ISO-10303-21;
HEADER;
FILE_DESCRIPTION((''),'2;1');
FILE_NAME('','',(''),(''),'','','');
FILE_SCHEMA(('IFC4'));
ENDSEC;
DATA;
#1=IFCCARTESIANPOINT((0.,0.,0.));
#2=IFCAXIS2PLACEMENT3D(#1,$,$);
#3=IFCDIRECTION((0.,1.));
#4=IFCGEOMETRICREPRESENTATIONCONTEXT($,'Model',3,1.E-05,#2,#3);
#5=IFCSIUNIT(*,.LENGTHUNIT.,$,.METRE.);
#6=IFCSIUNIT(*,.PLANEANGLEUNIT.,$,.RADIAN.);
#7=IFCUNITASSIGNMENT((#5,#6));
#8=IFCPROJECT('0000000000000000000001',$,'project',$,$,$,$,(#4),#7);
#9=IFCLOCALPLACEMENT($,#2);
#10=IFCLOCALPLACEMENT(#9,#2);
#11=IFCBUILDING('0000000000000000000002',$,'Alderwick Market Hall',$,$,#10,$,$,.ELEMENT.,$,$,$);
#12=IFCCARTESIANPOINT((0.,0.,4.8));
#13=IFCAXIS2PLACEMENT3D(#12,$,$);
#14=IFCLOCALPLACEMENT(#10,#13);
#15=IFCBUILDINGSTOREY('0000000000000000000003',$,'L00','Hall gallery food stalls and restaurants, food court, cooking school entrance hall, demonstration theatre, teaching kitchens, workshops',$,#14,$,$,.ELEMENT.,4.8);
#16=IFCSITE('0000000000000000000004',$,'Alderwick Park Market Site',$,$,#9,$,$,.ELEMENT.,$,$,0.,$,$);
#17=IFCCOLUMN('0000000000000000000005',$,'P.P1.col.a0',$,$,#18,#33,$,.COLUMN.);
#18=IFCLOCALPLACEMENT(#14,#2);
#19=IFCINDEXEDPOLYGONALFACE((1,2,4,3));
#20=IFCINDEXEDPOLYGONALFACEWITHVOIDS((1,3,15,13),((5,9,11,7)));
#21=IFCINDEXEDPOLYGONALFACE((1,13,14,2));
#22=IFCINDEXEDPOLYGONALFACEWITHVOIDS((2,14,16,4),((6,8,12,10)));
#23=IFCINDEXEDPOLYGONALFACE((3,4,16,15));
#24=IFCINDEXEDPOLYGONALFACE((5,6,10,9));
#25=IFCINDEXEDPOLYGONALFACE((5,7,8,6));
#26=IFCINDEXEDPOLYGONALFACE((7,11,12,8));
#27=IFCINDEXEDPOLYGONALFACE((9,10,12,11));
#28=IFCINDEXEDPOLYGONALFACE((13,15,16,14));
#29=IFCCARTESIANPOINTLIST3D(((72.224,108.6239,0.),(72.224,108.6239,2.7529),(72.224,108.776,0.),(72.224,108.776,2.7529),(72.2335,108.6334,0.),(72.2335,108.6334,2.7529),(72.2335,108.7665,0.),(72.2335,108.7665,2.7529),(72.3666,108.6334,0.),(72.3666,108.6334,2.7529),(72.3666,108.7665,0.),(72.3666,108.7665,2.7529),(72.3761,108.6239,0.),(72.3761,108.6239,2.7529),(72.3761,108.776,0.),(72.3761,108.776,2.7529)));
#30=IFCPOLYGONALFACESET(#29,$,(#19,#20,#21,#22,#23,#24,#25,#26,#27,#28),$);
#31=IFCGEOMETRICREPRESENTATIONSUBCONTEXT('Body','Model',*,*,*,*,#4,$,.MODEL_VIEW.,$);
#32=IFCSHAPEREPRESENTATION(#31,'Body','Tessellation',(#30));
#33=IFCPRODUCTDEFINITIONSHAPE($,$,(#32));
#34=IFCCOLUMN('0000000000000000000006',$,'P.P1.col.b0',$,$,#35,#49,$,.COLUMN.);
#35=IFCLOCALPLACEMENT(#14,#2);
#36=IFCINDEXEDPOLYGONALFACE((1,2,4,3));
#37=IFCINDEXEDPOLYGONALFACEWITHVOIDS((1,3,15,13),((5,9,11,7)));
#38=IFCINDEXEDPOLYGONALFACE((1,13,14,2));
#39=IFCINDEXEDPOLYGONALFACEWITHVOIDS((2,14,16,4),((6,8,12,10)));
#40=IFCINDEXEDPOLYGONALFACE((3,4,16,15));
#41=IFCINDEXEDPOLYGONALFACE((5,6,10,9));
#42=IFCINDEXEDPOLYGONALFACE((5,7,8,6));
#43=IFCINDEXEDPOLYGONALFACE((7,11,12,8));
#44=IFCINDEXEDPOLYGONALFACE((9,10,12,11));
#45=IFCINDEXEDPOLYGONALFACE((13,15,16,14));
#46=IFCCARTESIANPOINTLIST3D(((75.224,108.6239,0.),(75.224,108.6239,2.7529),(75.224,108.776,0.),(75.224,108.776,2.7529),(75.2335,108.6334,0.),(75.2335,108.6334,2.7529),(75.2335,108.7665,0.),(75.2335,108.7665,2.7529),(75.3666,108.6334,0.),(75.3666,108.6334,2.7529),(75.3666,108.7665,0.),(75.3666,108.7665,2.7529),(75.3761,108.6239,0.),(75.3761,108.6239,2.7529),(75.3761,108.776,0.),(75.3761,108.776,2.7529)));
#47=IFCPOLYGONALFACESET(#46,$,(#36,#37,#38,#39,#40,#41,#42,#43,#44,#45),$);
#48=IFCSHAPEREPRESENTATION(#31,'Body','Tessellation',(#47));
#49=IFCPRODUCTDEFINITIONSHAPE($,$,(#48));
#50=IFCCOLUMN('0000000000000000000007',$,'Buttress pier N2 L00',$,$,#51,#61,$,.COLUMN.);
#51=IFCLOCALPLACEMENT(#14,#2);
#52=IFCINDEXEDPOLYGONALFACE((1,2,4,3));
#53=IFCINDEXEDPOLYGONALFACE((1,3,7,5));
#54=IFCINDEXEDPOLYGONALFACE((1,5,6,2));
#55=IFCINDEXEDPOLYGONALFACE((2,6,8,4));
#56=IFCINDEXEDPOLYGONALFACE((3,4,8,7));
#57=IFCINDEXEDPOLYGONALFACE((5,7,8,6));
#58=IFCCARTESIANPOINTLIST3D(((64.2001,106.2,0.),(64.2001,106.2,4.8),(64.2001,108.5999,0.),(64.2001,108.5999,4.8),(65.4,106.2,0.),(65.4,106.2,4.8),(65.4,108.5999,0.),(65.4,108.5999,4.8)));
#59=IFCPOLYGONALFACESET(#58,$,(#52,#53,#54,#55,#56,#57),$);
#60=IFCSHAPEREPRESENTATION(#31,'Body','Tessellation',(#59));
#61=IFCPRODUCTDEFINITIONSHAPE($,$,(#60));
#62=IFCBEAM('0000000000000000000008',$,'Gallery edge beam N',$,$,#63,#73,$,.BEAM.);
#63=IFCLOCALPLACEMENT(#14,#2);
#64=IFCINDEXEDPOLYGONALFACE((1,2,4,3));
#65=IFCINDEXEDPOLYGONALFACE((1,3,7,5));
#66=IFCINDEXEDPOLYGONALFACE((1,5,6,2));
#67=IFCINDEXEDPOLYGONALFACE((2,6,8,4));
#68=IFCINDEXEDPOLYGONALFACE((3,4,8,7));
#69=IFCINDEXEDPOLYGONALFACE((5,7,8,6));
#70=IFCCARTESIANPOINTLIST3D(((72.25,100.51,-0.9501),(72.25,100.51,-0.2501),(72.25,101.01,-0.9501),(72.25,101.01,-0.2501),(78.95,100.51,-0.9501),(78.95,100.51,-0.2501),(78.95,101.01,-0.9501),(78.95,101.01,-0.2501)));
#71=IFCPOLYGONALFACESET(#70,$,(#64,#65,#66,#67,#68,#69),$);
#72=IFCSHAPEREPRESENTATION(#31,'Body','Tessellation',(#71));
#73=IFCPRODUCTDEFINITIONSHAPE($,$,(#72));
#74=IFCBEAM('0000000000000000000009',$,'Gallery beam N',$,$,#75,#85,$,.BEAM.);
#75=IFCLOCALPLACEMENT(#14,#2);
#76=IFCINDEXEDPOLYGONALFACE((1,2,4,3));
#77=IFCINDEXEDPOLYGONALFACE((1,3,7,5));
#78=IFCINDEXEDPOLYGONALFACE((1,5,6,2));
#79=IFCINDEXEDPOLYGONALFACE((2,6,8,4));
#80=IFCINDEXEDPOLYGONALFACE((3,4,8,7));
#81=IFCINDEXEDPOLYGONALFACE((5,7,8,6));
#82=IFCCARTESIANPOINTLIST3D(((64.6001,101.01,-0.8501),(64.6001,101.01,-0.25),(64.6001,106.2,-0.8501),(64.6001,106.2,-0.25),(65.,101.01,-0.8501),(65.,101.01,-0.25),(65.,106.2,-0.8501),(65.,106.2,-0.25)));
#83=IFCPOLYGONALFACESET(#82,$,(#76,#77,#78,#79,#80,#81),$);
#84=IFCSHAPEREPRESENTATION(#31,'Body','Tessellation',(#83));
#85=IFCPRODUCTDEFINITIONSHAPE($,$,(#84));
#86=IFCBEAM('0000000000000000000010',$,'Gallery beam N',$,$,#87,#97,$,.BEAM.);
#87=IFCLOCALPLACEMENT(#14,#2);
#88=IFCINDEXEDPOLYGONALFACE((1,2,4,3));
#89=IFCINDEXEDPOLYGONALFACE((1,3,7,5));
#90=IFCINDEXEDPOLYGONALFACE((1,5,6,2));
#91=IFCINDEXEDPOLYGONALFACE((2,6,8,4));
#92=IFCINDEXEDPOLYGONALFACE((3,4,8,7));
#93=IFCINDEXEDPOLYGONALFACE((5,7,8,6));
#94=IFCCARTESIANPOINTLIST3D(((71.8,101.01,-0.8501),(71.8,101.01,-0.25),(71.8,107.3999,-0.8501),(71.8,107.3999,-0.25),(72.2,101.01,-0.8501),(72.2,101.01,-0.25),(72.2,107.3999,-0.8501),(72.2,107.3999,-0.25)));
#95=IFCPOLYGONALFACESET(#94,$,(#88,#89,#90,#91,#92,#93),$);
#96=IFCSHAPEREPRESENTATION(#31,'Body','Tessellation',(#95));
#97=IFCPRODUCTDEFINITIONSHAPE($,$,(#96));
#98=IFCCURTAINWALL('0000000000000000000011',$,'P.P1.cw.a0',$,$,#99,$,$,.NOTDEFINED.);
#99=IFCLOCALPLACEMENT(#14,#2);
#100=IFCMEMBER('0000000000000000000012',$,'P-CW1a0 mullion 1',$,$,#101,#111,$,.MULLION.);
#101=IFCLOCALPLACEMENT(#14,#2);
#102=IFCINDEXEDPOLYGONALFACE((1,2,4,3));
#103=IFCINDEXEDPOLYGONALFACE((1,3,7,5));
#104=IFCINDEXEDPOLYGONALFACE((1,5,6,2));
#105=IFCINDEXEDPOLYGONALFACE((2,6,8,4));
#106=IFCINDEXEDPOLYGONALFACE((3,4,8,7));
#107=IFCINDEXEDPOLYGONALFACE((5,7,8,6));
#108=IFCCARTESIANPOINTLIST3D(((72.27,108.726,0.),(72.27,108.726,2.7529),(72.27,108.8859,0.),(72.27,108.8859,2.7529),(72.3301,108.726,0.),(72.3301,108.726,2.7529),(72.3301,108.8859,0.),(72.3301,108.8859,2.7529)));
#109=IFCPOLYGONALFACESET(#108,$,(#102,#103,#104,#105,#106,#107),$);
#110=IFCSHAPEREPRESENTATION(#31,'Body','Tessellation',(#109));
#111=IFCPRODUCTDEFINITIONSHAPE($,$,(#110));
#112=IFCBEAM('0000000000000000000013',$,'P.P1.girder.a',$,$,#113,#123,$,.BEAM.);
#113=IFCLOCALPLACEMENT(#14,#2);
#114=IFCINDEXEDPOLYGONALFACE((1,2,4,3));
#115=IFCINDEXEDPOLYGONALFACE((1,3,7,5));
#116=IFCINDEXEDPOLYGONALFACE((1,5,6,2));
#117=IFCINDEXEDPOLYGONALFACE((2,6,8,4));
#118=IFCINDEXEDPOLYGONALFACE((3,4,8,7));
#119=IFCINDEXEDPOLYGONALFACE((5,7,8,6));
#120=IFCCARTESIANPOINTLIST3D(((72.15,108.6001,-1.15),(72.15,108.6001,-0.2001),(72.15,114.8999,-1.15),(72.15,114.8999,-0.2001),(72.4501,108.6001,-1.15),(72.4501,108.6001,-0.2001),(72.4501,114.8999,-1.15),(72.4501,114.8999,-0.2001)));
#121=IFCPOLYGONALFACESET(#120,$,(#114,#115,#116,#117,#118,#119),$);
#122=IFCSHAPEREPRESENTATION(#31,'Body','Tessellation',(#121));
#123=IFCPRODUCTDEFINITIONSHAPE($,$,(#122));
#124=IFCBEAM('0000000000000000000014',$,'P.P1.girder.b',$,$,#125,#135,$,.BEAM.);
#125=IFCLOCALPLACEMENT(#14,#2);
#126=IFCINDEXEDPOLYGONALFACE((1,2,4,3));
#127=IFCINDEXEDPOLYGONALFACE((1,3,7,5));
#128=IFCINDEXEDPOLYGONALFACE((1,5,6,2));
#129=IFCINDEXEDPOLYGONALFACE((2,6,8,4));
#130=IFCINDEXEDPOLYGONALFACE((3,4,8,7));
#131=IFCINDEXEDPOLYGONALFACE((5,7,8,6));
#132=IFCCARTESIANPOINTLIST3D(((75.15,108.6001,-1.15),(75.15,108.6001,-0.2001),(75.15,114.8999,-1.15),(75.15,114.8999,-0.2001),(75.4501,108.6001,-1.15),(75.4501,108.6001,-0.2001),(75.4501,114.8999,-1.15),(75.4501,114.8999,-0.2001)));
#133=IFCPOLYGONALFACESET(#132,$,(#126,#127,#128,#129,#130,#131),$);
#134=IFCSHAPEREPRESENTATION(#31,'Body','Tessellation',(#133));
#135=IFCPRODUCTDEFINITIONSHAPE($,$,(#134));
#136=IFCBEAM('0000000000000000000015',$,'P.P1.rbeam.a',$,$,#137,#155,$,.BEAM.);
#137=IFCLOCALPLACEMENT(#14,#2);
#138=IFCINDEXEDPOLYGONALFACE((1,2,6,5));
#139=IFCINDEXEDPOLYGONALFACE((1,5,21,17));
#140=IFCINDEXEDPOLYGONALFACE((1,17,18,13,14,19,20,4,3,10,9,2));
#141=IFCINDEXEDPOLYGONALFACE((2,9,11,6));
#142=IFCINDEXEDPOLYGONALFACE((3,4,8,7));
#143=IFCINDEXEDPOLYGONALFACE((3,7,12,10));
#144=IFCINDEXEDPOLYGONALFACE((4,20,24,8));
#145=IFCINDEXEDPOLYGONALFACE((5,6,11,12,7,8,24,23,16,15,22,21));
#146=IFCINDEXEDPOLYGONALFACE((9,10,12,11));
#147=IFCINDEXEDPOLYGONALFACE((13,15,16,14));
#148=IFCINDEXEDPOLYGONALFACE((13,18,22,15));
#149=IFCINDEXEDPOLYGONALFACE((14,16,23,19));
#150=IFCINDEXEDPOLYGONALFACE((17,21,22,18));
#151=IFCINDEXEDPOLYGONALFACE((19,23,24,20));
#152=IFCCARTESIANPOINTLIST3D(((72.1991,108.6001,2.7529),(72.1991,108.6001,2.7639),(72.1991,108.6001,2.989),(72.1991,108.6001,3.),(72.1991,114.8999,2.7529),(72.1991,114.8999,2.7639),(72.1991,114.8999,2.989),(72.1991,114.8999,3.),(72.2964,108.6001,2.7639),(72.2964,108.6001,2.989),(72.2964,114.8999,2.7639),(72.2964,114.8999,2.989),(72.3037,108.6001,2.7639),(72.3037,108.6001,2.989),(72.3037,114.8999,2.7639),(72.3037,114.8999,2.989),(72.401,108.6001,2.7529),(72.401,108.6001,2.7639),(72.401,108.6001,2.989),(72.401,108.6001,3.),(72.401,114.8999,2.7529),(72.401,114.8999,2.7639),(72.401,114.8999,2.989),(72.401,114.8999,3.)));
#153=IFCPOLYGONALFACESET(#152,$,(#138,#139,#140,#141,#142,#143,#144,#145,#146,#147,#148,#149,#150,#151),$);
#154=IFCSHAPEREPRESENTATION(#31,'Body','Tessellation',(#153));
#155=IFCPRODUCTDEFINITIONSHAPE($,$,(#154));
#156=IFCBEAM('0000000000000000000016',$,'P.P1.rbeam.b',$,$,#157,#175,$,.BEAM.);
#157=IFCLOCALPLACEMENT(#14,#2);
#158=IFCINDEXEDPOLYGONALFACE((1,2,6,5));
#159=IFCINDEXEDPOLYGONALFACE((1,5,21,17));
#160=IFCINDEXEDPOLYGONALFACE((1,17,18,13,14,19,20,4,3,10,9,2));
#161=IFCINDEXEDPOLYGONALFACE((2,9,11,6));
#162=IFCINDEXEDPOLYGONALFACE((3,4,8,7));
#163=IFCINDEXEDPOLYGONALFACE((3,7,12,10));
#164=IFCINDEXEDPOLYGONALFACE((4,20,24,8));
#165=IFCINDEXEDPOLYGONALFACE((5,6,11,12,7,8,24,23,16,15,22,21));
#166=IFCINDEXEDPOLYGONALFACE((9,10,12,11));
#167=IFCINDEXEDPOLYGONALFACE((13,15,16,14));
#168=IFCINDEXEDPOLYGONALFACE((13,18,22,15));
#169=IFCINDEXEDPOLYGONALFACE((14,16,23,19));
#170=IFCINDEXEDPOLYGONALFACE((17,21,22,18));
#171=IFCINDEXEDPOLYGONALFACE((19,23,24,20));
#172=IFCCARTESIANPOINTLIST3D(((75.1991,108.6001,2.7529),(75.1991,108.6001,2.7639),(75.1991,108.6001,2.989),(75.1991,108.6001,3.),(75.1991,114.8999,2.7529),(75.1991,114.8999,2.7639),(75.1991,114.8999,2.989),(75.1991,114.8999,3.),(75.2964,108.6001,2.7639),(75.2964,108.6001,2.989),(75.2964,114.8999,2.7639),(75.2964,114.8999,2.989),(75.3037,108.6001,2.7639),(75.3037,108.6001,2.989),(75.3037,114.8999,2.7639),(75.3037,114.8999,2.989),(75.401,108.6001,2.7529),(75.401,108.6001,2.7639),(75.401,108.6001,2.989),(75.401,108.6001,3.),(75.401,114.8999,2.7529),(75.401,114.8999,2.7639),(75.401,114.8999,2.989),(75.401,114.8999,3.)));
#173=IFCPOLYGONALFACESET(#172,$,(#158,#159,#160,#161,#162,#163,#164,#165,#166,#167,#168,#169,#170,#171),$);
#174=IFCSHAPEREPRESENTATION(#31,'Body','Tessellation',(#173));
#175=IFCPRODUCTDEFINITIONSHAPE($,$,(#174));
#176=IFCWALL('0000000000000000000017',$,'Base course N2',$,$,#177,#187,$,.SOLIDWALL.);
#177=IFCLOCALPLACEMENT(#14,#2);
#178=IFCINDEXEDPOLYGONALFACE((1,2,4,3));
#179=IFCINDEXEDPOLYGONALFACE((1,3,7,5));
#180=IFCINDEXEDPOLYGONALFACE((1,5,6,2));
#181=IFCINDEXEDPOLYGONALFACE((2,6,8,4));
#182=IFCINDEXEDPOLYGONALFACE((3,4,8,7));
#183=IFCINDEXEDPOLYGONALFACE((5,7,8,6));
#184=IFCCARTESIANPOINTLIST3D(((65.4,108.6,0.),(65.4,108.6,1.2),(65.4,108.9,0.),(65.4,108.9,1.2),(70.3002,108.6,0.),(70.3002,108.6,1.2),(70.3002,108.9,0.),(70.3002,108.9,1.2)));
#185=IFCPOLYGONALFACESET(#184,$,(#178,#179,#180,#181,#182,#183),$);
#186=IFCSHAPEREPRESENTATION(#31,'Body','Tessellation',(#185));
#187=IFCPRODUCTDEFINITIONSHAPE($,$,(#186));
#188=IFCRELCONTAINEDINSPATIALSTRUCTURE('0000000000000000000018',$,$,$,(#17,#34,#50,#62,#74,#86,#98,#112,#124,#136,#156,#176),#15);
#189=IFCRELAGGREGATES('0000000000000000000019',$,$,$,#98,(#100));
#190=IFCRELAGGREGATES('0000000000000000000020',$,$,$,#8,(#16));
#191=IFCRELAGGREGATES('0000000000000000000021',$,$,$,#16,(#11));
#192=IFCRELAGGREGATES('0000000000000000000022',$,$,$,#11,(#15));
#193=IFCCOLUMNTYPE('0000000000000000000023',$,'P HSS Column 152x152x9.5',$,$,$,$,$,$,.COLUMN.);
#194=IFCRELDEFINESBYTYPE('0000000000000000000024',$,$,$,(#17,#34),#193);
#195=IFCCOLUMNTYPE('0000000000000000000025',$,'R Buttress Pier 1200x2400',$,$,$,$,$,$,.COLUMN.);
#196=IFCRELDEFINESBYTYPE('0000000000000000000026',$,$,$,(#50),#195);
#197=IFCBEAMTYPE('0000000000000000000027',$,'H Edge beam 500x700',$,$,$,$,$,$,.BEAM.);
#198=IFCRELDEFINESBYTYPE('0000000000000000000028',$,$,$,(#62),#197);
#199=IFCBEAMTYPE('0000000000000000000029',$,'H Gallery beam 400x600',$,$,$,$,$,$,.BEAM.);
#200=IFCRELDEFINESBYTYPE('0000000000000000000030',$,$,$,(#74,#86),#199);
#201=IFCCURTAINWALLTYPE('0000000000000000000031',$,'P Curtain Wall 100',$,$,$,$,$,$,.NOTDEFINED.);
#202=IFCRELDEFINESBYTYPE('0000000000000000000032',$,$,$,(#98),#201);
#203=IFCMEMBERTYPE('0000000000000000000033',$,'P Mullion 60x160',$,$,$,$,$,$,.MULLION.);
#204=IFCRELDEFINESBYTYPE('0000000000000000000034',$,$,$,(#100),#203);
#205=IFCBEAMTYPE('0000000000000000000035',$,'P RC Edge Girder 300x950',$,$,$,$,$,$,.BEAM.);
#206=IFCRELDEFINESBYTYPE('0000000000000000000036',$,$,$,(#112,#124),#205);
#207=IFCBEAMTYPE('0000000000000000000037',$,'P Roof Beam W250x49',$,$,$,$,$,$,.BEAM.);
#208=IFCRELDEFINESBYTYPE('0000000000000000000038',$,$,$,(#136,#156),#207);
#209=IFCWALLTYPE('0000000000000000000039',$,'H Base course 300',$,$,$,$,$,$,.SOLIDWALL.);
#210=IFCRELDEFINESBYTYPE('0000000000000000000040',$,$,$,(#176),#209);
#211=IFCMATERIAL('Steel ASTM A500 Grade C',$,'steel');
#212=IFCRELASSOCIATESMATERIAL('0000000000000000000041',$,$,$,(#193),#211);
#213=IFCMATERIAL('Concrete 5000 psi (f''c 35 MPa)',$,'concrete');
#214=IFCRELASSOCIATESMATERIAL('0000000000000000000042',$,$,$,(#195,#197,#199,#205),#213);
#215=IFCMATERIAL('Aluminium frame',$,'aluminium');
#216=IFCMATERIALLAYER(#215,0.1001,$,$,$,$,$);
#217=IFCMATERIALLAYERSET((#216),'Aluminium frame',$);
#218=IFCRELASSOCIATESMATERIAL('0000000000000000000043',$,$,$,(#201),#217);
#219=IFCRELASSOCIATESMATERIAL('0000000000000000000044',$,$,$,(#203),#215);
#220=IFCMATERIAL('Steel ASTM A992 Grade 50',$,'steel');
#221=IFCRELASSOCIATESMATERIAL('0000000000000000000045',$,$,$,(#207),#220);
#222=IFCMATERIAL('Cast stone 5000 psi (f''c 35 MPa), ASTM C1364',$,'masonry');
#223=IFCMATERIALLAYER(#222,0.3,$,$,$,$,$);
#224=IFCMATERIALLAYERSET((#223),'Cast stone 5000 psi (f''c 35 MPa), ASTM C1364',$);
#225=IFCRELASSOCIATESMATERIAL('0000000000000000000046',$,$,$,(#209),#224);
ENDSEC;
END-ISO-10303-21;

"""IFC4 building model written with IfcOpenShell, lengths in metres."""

from ifc_helpers import new_model, si_unit, direction, frame, frame_2d, origin, origin_2d, place, context, subcontext, project, spatial, rectangle, hollow_rectangle, i_section, extrude, material, layer, layer_set, material_profile, profile_set, type_object, element, aggregate, save


model = new_model("IFC4")

# Units and contexts
model_context = context("Model", 3, precision=1e-05, world=origin(), true_north=direction((0.0, 1.0)))
body_context = subcontext(model_context, "Body", "Model", "MODEL_VIEW")
ifc_project = project(units=[si_unit("LENGTHUNIT", "METRE"), si_unit("PLANEANGLEUNIT", "RADIAN")], contexts=[model_context])

# Site, building, storey
site_placement = place(None, origin())
site = spatial("IfcSite", under=ifc_project, at=site_placement, Name="Alderwick Park Market Site", CompositionType="ELEMENT", RefElevation=0.0)
building_placement = place(site_placement, origin())
building = spatial("IfcBuilding", under=site, at=building_placement, Name="Alderwick Market Hall", CompositionType="ELEMENT")
storey_placement = place(building_placement, frame((0.0, 0.0, 4.8)))
storey = spatial("IfcBuildingStorey", under=building, at=storey_placement, Name="L00", Description="Hall gallery food stalls and restaurants, food court, cooking school entrance hall, demonstration theatre, teaching kitchens, workshops", CompositionType="ELEMENT", Elevation=4.8)

# Columns
ifc_material_1 = material(Name="Steel ASTM A500 Grade C", Category="steel")
ifc_material_profile_1 = material_profile(ifc_material_1, hollow_rectangle(XDim=0.1521, YDim=0.1521, WallThickness=0.0095, at=origin_2d()), Name="HSS152x152x9.5")
ifc_profile_set_1 = profile_set([ifc_material_profile_1], Name="Steel ASTM A500 Grade C")
column_type_1 = type_object("IfcColumnType", Name="P HSS Column 152x152x9.5", PredefinedType="COLUMN", material=ifc_profile_set_1)
for number, where, z_axis, x_axis, name in (
    (1, (72.3, 108.7, 0.0), (0.0, 0.0, 1.0), (1.0, 0.0, 0.0), "P.P1.col.a0"),
    (2, (75.3, 108.7, 0.0), (0.0, 0.0, 1.0), (1.0, 0.0, 0.0), "P.P1.col.b0"),
):
    element("IfcColumn", number, at=place(storey_placement, frame(where, z_axis=z_axis, x_axis=x_axis)), inside=storey, type_object=column_type_1, Name=name, PredefinedType="COLUMN", context=body_context, shape_type="SweptSolid", body=[
        extrude(hollow_rectangle(XDim=0.1521, YDim=0.1521, WallThickness=0.0095, at=origin_2d()), origin(), (0.0, 0.0, 1.0), 2.7529),
    ])
ifc_material_2 = material(Name="Concrete 5000 psi (f'c 35 MPa)", Category="concrete")
ifc_material_profile_2 = material_profile(ifc_material_2, rectangle(XDim=1.2, YDim=2.3999, at=origin_2d()), Name="RC 1200x2400")
ifc_profile_set_2 = profile_set([ifc_material_profile_2], Name="Concrete 5000 psi (f'c 35 MPa)")
column_type_2 = type_object("IfcColumnType", Name="R Buttress Pier 1200x2400", PredefinedType="COLUMN", material=ifc_profile_set_2)
column_placement = place(storey_placement, frame((64.8, 107.3999, 0.0), z_axis=(0.0, 0.0, 1.0), x_axis=(1.0, 0.0, 0.0)))
element("IfcColumn", 3, at=column_placement, inside=storey, type_object=column_type_2, Name="Buttress pier N2 L00", PredefinedType="COLUMN", context=body_context, shape_type="SweptSolid", body=[
    extrude(rectangle(XDim=1.2, YDim=2.3999, at=origin_2d()), origin(), (0.0, 0.0, 1.0), 4.8),
])

# Beams
ifc_material_profile_3 = material_profile(ifc_material_2, rectangle(XDim=0.5, YDim=0.7, at=origin_2d()), Name="RC 500x700")
ifc_profile_set_3 = profile_set([ifc_material_profile_3], Name="Concrete 5000 psi (f'c 35 MPa)")
beam_type_1 = type_object("IfcBeamType", Name="H Edge beam 500x700", PredefinedType="BEAM", material=ifc_profile_set_3)
beam_1_placement = place(storey_placement, frame((72.25, 100.76, -0.6001), z_axis=(1.0, 0.0, 0.0), x_axis=(0.0, 1.0, 0.0)))
element("IfcBeam", 4, at=beam_1_placement, inside=storey, type_object=beam_type_1, Name="Gallery edge beam N", PredefinedType="BEAM", context=body_context, shape_type="SweptSolid", body=[
    extrude(rectangle(XDim=0.5, YDim=0.7, at=origin_2d()), origin(), (0.0, 0.0, 1.0), 6.7),
])
ifc_material_profile_4 = material_profile(ifc_material_2, rectangle(XDim=0.3999, YDim=0.6001, at=origin_2d()), Name="RC 400x600")
ifc_profile_set_4 = profile_set([ifc_material_profile_4], Name="Concrete 5000 psi (f'c 35 MPa)")
beam_type_2 = type_object("IfcBeamType", Name="H Gallery beam 400x600", PredefinedType="BEAM", material=ifc_profile_set_4)
beam_2_placement = place(storey_placement, frame((64.8, 106.2, -0.55), z_axis=(0.0, -1.0, 0.0), x_axis=(1.0, 0.0, 0.0)))
element("IfcBeam", 5, at=beam_2_placement, inside=storey, type_object=beam_type_2, Name="Gallery beam N", PredefinedType="BEAM", context=body_context, shape_type="SweptSolid", body=[
    extrude(rectangle(XDim=0.3999, YDim=0.6001, at=origin_2d()), origin(), (0.0, 0.0, 1.0), 5.1899),
])
beam_3_placement = place(storey_placement, frame((72.0, 107.3999, -0.55), z_axis=(0.0, -1.0, 0.0), x_axis=(1.0, 0.0, 0.0)))
element("IfcBeam", 6, at=beam_3_placement, inside=storey, type_object=beam_type_2, Name="Gallery beam N", PredefinedType="BEAM", context=body_context, shape_type="SweptSolid", body=[
    extrude(rectangle(XDim=0.3999, YDim=0.6001, at=origin_2d()), origin(), (0.0, 0.0, 1.0), 6.3899),
])

# Curtain wall, member
ifc_material_3 = material(Name="Aluminium frame", Category="aluminium")
ifc_layer_1 = layer(ifc_material_3, 0.1001)
ifc_layer_set_1 = layer_set([ifc_layer_1], Name="Aluminium frame")
curtain_wall_type = type_object("IfcCurtainWallType", Name="P Curtain Wall 100", PredefinedType="NOTDEFINED", material=ifc_layer_set_1)
curtain_wall_placement = place(storey_placement, origin())
curtain_wall = element("IfcCurtainWall", 7, at=curtain_wall_placement, inside=storey, type_object=curtain_wall_type, Name="P.P1.cw.a0", PredefinedType="NOTDEFINED")
ifc_material_profile_5 = material_profile(ifc_material_3, rectangle(XDim=0.0601, YDim=0.1599, at=origin_2d()), Name="P Mullion 60x160")
ifc_profile_set_5 = profile_set([ifc_material_profile_5], Name="Aluminium frame")
member_type = type_object("IfcMemberType", Name="P Mullion 60x160", PredefinedType="MULLION", material=ifc_profile_set_5)
member_placement = place(storey_placement, frame((72.3, 108.8059, 0.0), z_axis=(0.0, 0.0, 1.0), x_axis=(-1.0, 0.0, 0.0)))
member = element("IfcMember", 8, at=member_placement, type_object=member_type, Name="P-CW1a0 mullion 1", PredefinedType="MULLION", context=body_context, shape_type="SweptSolid", body=[
    extrude(rectangle(XDim=0.0601, YDim=0.1599, at=origin_2d()), origin(), (0.0, 0.0, 1.0), 2.7529),
])
aggregate(curtain_wall, [member])

# Beams
ifc_material_profile_6 = material_profile(ifc_material_2, rectangle(XDim=0.3, YDim=0.95, at=origin_2d()), Name="P RC Edge Girder 300x950")
ifc_profile_set_6 = profile_set([ifc_material_profile_6], Name="Concrete 5000 psi (f'c 35 MPa)")
beam_type_3 = type_object("IfcBeamType", Name="P RC Edge Girder 300x950", PredefinedType="BEAM", material=ifc_profile_set_6)
for number, where, z_axis, x_axis, name in (
    (9, (72.3, 108.6001, -0.675), (0.0, 1.0, 0.0), (-1.0, 0.0, 0.0), "P.P1.girder.a"),
    (10, (75.3, 108.6001, -0.675), (0.0, 1.0, 0.0), (-1.0, 0.0, 0.0), "P.P1.girder.b"),
):
    element("IfcBeam", number, at=place(storey_placement, frame(where, z_axis=z_axis, x_axis=x_axis)), inside=storey, type_object=beam_type_3, Name=name, PredefinedType="BEAM", context=body_context, shape_type="SweptSolid", body=[
        extrude(rectangle(XDim=0.3, YDim=0.95, at=origin_2d()), origin(), (0.0, 0.0, 1.0), 6.2998),
    ])
ifc_material_4 = material(Name="Steel ASTM A992 Grade 50", Category="steel")
ifc_material_profile_7 = material_profile(ifc_material_4, i_section(OverallWidth=0.2019, OverallDepth=0.2471, WebThickness=0.0073, FlangeThickness=0.011, at=origin_2d()), Name="W250x49")
ifc_profile_set_7 = profile_set([ifc_material_profile_7], Name="Steel ASTM A992 Grade 50")
beam_type_4 = type_object("IfcBeamType", Name="P Roof Beam W250x49", PredefinedType="BEAM", material=ifc_profile_set_7)
for number, where, z_axis, x_axis, name in (
    (11, (72.3, 108.6001, 2.8765), (0.0, 1.0, 0.0), (-1.0, 0.0, 0.0), "P.P1.rbeam.a"),
    (12, (75.3, 108.6001, 2.8765), (0.0, 1.0, 0.0), (-1.0, 0.0, 0.0), "P.P1.rbeam.b"),
):
    element("IfcBeam", number, at=place(storey_placement, frame(where, z_axis=z_axis, x_axis=x_axis)), inside=storey, type_object=beam_type_4, Name=name, PredefinedType="BEAM", context=body_context, shape_type="SweptSolid", body=[
        extrude(i_section(OverallWidth=0.2019, OverallDepth=0.2471, WebThickness=0.0073, FlangeThickness=0.011, at=origin_2d()), origin(), (0.0, 0.0, 1.0), 6.2998),
    ])

# Wall
ifc_material_5 = material(Name="Cast stone 5000 psi (f'c 35 MPa), ASTM C1364", Category="masonry")
ifc_layer_2 = layer(ifc_material_5, 0.3)
ifc_layer_set_2 = layer_set([ifc_layer_2], Name="Cast stone 5000 psi (f'c 35 MPa), ASTM C1364")
wall_type_1 = type_object("IfcWallType", Name="H Base course 300", PredefinedType="SOLIDWALL", material=ifc_layer_set_2)
wall_1_placement = place(storey_placement, frame((65.3999, 108.75, 0.0), z_axis=(0.0, 0.0, 1.0), x_axis=(1.0, 0.0, 0.0)))
element("IfcWall", 13, at=wall_1_placement, inside=storey, type_object=wall_type_1, Name="Base course N2", PredefinedType="SOLIDWALL", context=body_context, shape_type="SweptSolid", body=[
    extrude(rectangle(XDim=4.9001, YDim=0.3, at=frame_2d((2.4502, 0.0))), origin(), (0.0, 0.0, 1.0), 1.2),
])

save(model, "model.ifc")
